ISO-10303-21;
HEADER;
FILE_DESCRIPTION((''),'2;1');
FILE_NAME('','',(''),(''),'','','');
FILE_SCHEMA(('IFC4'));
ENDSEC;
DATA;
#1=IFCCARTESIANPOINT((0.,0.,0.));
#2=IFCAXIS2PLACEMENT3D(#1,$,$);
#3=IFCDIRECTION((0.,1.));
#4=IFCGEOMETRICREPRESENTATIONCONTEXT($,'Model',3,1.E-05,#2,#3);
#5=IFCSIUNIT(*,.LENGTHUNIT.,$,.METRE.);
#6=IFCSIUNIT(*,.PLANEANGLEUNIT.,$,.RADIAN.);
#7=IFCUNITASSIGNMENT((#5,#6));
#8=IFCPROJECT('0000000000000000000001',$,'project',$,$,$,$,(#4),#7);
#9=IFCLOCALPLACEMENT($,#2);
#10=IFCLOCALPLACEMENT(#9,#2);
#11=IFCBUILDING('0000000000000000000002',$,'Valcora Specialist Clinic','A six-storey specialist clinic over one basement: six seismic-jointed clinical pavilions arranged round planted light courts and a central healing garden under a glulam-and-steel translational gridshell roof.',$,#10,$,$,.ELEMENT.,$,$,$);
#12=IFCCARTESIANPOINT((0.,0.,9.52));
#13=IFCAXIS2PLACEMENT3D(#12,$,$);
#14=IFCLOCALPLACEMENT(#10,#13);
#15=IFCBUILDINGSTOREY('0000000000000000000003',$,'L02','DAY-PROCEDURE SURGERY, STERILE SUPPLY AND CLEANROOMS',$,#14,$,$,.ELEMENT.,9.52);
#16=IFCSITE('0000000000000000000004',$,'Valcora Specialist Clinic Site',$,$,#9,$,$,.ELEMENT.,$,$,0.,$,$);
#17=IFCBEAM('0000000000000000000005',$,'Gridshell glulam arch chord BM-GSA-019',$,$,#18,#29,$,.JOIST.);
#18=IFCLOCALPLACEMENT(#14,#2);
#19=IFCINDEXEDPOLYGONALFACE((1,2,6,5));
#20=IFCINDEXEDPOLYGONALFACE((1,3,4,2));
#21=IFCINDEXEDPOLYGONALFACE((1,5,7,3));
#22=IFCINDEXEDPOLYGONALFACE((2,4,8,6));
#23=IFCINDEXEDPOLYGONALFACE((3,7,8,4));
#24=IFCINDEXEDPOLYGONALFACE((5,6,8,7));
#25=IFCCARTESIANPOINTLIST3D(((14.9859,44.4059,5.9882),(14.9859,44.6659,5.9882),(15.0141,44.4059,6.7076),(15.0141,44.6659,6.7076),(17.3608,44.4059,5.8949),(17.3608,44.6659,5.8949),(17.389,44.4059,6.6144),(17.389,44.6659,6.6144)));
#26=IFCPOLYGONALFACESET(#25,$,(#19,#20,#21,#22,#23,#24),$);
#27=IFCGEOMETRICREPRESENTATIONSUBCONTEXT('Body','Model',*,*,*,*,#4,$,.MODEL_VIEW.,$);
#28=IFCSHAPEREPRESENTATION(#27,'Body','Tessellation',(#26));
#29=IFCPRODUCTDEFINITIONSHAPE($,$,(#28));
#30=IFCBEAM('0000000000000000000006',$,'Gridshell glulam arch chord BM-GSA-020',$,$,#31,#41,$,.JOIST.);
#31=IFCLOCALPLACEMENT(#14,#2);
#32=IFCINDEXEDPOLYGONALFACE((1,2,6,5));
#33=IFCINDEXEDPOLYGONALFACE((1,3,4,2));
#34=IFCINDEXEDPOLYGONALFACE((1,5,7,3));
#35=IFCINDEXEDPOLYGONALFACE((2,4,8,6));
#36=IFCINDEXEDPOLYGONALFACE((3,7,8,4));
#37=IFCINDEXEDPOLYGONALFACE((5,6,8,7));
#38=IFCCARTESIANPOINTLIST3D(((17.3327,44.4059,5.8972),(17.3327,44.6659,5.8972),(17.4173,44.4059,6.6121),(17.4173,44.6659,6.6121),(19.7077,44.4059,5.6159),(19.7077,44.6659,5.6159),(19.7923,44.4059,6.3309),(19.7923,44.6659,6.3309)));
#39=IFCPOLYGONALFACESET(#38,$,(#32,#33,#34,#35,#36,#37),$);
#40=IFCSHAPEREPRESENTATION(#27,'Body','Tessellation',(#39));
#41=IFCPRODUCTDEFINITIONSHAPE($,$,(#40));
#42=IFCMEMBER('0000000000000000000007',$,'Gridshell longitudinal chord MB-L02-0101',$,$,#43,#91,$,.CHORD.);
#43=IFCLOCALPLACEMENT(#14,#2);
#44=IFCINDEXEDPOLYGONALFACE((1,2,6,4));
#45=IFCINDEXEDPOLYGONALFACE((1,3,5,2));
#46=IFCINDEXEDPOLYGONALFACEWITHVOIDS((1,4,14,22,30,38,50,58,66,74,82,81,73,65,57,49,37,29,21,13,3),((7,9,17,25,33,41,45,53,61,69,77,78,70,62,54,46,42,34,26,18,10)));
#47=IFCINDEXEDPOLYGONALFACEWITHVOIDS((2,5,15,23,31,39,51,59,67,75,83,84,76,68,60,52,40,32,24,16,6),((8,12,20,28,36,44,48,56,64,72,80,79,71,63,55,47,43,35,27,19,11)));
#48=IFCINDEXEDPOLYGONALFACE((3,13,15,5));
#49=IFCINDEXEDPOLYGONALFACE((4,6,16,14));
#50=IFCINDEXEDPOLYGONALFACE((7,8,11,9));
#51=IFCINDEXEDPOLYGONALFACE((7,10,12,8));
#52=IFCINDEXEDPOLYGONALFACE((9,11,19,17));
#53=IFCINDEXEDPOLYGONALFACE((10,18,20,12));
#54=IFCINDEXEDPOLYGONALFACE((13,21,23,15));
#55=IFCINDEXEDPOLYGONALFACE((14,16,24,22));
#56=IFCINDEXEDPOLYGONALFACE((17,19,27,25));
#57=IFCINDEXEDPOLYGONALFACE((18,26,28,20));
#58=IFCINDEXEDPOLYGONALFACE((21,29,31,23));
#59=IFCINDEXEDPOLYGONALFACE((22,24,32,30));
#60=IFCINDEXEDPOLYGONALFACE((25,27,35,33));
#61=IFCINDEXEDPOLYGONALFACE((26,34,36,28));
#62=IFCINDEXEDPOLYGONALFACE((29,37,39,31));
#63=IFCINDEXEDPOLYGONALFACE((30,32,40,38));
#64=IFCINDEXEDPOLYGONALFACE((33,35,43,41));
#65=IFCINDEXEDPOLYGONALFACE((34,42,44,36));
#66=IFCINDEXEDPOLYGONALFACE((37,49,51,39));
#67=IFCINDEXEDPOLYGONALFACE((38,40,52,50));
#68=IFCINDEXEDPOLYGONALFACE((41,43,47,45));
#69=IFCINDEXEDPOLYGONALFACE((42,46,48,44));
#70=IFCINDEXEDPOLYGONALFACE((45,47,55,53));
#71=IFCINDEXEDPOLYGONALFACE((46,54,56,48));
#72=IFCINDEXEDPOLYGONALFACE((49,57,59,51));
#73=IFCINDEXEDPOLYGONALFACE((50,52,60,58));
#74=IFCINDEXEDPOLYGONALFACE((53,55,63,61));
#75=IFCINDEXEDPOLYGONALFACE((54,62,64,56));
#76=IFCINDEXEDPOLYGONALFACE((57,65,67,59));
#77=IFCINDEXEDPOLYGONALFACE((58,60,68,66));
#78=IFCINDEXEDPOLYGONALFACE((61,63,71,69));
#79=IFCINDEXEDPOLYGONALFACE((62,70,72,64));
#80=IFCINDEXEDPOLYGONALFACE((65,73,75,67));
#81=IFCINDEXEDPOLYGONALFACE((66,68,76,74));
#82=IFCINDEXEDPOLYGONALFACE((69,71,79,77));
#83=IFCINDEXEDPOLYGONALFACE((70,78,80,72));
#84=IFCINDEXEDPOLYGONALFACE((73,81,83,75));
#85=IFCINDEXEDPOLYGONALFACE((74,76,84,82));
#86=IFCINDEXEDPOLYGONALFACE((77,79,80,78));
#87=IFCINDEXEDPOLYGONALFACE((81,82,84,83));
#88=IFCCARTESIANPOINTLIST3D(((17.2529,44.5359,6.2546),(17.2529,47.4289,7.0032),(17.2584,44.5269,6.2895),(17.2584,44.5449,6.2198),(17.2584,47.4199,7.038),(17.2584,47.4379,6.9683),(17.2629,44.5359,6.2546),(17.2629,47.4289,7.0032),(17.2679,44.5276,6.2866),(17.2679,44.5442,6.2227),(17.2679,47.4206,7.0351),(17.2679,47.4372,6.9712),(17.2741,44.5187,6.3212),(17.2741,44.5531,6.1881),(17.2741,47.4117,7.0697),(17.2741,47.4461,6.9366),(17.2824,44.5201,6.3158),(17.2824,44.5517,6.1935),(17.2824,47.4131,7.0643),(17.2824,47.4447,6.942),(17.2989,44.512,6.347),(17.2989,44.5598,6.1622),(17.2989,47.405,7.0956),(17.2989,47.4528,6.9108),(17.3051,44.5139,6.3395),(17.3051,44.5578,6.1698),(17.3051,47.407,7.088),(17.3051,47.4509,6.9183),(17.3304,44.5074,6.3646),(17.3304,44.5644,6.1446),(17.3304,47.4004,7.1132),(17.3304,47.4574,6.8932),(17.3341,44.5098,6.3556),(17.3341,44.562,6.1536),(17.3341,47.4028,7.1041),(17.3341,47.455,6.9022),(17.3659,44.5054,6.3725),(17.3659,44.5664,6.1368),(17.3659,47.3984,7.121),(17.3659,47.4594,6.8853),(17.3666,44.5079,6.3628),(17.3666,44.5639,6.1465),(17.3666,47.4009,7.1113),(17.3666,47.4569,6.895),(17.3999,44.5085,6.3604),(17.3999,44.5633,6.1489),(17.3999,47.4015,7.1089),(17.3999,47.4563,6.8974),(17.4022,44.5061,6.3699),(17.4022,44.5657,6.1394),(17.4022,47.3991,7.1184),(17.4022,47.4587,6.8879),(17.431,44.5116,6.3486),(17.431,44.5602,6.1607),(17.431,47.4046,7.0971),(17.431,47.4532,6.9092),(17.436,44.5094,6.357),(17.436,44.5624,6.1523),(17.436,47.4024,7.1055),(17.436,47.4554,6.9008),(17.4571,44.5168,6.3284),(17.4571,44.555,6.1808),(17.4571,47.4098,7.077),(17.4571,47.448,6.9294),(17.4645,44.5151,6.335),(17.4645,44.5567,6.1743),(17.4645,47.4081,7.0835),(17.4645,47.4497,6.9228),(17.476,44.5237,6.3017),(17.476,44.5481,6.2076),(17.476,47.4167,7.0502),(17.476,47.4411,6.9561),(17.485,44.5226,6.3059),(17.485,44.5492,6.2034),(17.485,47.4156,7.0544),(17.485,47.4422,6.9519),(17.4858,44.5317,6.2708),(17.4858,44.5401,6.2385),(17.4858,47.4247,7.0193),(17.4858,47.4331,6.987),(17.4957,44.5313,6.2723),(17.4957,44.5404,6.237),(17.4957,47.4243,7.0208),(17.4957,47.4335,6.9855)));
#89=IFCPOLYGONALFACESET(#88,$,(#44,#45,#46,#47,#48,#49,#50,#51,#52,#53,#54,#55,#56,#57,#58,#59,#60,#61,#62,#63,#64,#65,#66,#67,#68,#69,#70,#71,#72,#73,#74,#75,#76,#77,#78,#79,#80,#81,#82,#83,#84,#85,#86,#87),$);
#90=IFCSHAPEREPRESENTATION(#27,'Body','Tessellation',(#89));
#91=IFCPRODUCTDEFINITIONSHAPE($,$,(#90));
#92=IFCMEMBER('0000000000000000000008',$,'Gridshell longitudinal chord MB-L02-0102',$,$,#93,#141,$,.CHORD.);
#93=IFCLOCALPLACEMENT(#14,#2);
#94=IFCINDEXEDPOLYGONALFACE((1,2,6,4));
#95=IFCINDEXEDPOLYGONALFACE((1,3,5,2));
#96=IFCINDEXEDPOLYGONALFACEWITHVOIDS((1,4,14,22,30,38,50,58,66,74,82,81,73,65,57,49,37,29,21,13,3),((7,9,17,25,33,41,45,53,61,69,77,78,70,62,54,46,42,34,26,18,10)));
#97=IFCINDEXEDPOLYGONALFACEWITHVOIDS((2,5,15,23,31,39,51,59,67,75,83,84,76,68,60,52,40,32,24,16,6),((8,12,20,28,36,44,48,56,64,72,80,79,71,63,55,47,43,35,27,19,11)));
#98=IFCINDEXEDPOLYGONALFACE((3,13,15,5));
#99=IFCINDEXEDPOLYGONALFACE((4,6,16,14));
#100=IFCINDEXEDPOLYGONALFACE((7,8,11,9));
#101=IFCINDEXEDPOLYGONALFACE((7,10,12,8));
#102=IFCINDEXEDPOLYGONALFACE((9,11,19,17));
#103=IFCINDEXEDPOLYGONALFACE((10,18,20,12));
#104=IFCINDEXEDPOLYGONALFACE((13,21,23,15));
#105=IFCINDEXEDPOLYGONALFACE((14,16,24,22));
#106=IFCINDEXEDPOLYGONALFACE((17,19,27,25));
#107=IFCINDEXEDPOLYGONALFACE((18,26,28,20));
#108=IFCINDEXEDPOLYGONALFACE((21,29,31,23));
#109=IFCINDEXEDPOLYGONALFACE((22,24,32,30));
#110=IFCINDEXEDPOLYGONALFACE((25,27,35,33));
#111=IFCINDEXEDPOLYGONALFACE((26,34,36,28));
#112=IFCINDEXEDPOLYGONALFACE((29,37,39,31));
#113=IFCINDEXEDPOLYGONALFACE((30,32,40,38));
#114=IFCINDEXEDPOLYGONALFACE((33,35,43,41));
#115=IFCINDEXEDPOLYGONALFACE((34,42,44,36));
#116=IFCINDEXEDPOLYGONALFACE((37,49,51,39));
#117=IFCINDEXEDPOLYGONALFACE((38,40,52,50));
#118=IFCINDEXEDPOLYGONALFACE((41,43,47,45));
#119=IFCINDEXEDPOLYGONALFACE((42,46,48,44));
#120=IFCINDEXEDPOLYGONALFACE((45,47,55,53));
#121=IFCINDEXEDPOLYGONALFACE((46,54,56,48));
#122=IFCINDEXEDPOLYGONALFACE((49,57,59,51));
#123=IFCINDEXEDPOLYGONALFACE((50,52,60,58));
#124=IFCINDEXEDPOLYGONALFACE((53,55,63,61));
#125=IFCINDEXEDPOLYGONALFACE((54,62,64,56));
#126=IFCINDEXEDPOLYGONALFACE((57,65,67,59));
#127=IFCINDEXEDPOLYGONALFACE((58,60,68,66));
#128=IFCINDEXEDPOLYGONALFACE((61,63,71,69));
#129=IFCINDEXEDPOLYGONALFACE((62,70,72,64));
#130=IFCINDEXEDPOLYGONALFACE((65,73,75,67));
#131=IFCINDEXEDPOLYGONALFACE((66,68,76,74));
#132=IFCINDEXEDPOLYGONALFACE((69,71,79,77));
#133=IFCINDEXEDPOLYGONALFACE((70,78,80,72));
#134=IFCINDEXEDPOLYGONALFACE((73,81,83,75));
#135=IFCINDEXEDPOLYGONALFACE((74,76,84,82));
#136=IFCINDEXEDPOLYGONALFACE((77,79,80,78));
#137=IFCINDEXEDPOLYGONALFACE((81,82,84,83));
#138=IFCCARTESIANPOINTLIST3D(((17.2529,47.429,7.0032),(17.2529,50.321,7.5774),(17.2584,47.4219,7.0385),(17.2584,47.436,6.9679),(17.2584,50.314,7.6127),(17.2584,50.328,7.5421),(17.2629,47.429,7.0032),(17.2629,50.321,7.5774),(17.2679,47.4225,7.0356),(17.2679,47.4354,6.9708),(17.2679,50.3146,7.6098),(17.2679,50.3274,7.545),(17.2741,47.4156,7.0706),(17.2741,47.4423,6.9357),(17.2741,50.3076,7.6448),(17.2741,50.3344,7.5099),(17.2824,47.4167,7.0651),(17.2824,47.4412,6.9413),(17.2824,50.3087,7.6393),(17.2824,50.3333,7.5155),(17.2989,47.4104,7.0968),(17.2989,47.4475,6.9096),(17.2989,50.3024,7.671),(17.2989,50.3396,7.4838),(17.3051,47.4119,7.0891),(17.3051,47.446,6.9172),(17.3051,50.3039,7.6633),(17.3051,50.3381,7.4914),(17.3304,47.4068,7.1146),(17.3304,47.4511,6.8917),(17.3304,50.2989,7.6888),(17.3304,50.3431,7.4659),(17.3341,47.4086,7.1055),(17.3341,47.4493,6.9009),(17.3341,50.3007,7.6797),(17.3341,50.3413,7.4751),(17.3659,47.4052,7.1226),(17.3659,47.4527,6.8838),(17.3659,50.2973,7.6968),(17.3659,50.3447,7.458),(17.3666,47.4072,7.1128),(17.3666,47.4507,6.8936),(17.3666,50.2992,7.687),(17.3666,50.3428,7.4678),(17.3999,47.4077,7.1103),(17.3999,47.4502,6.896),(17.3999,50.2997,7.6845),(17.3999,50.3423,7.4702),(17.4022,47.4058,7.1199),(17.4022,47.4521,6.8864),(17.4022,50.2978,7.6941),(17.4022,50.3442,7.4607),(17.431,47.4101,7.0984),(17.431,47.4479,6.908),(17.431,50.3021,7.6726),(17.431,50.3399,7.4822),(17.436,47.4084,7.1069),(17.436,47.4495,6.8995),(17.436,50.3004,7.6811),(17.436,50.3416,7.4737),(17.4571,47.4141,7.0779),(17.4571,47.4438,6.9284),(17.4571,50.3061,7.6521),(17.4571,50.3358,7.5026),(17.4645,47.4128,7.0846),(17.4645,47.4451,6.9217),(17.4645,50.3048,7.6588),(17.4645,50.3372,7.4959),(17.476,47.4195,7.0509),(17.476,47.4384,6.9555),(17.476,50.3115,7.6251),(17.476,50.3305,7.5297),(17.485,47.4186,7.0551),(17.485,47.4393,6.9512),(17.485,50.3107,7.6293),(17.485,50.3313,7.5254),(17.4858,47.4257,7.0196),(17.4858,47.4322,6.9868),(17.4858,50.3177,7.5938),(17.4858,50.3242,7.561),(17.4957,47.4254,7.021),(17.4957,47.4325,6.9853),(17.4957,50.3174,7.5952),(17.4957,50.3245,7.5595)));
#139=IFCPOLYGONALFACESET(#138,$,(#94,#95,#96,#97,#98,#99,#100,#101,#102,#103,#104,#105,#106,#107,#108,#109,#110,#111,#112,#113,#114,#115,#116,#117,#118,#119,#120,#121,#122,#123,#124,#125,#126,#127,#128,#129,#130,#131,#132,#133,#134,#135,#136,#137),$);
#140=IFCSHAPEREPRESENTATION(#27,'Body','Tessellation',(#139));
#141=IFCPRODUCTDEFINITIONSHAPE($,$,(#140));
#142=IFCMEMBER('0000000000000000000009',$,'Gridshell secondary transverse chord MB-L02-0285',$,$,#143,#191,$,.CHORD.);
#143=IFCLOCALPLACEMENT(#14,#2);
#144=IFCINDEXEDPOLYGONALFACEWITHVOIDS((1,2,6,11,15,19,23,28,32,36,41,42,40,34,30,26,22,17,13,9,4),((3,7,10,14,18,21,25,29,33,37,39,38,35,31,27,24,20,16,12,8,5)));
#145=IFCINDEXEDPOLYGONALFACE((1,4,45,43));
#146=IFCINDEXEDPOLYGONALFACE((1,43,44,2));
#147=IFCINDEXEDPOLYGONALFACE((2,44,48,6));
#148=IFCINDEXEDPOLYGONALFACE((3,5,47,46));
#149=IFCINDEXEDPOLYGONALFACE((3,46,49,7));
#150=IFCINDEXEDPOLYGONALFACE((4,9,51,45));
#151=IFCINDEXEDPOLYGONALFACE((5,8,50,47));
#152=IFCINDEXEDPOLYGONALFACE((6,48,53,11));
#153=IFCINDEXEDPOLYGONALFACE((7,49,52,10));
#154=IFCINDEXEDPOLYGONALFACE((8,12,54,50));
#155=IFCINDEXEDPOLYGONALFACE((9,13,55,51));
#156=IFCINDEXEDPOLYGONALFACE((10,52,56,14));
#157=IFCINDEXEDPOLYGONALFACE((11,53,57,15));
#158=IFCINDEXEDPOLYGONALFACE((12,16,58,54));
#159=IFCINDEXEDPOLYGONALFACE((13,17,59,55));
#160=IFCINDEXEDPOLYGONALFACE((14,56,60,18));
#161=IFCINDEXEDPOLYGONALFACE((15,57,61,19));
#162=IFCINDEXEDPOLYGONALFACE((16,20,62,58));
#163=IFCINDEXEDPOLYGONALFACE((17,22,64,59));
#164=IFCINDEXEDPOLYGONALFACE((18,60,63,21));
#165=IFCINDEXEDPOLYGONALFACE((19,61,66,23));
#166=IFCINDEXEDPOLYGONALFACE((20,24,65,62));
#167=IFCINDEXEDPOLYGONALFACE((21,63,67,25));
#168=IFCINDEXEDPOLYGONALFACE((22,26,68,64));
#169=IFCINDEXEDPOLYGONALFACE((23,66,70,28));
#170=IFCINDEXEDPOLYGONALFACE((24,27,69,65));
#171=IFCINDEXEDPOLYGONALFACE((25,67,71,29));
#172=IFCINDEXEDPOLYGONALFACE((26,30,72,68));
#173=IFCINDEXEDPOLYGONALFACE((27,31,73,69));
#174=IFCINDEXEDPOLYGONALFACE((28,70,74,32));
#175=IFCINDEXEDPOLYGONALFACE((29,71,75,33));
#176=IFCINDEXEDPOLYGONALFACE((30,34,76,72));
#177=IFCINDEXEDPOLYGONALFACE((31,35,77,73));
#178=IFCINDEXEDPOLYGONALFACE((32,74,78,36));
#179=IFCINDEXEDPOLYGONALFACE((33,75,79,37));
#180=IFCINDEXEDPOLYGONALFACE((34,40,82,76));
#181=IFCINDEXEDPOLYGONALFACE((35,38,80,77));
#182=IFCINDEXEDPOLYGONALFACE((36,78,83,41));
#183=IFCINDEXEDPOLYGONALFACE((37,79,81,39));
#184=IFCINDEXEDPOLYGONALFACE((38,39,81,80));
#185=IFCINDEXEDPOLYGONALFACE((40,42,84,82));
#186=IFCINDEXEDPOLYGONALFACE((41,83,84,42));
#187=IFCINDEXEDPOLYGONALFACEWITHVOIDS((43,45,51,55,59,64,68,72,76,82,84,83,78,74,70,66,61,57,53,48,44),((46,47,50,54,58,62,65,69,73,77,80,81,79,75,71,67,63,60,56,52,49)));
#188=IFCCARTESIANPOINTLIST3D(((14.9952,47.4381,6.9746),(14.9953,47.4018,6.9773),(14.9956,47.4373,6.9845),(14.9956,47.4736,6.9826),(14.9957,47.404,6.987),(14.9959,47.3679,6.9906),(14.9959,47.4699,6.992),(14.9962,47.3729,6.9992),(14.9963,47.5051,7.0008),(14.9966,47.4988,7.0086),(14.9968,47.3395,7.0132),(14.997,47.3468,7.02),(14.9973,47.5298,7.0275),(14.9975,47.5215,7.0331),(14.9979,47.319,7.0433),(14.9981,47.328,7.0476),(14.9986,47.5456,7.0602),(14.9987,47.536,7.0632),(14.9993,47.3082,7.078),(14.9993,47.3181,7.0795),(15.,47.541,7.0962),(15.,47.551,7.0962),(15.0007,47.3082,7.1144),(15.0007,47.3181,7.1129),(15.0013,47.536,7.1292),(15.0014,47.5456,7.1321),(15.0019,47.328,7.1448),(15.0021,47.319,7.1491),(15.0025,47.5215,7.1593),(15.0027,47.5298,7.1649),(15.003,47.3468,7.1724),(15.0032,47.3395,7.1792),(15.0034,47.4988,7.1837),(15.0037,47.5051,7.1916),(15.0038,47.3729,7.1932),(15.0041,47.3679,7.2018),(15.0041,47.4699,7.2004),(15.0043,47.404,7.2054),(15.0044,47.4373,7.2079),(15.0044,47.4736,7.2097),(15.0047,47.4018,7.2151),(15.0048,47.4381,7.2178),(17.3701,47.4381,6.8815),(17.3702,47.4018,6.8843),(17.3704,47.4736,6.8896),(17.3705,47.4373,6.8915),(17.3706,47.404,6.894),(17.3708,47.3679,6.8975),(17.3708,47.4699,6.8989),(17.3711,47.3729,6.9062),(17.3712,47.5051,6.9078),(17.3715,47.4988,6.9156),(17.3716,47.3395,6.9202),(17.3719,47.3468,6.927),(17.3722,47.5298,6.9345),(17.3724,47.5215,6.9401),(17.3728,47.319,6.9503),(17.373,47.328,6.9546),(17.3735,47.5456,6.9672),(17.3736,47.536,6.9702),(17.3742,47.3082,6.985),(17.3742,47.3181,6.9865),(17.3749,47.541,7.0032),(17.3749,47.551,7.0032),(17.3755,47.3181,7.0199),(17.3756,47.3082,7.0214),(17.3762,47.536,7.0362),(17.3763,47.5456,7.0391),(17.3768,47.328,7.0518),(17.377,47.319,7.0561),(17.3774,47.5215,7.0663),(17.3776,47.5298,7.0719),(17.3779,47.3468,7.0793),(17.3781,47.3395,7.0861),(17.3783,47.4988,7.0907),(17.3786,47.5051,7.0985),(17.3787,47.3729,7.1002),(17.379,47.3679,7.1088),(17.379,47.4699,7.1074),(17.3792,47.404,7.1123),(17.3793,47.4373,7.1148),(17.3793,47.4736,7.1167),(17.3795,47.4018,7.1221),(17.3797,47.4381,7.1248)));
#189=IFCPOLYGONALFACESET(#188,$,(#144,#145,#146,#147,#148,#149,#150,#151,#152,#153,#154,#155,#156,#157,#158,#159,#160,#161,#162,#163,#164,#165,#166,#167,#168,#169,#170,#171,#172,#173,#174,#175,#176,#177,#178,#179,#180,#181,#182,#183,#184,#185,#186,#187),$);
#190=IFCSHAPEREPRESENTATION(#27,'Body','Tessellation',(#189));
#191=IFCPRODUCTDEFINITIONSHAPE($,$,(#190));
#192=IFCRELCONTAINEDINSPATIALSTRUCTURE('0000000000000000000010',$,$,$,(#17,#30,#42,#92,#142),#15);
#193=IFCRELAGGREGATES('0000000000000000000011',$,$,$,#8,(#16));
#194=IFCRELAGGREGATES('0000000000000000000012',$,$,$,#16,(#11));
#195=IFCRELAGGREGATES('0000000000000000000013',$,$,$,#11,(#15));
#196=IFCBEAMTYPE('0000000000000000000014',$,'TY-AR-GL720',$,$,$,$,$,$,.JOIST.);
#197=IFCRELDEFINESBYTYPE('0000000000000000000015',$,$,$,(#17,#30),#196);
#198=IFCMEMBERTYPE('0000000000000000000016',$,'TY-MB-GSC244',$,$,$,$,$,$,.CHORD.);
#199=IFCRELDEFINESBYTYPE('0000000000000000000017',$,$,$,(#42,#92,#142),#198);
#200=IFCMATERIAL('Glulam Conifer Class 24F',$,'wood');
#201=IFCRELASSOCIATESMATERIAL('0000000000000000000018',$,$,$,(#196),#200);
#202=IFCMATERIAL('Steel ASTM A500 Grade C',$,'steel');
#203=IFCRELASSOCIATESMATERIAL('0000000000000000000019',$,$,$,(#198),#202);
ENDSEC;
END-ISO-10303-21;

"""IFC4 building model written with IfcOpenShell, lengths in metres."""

from ifc_helpers import new_model, si_unit, direction, frame, origin, origin_2d, place, context, subcontext, project, spatial, rectangle, hollow_circle, extrude, material, material_profile, profile_set, type_object, element, save


model = new_model("IFC4")

# Units and contexts
model_context = context("Model", 3, precision=1e-05, world=origin(), true_north=direction((0.0, 1.0)))
body_context = subcontext(model_context, "Body", "Model", "MODEL_VIEW")
ifc_project = project(units=[si_unit("LENGTHUNIT", "METRE"), si_unit("PLANEANGLEUNIT", "RADIAN")], contexts=[model_context])

# Site, building, storey
site_placement = place(None, origin())
site = spatial("IfcSite", under=ifc_project, at=site_placement, Name="Valcora Specialist Clinic Site", CompositionType="ELEMENT", RefElevation=0.0)
building_placement = place(site_placement, origin())
building = spatial("IfcBuilding", under=site, at=building_placement, Name="Valcora Specialist Clinic", Description="A six-storey specialist clinic over one basement: six seismic-jointed clinical pavilions arranged round planted light courts and a central healing garden under a glulam-and-steel translational gridshell roof.", CompositionType="ELEMENT")
storey_placement = place(building_placement, frame((0.0, 0.0, 9.52)))
storey = spatial("IfcBuildingStorey", under=building, at=storey_placement, Name="L02", Description="DAY-PROCEDURE SURGERY, STERILE SUPPLY AND CLEANROOMS", CompositionType="ELEMENT", Elevation=9.52)

# Beams
ifc_material_1 = material(Name="Glulam Conifer Class 24F", Category="wood")
ifc_material_profile_1 = material_profile(ifc_material_1, rectangle(XDim=0.26, YDim=0.72, at=origin_2d()), Name="GL-ARC-260X720")
ifc_profile_set_1 = profile_set([ifc_material_profile_1], Name="Glulam Conifer Class 24F")
beam_type = type_object("IfcBeamType", Name="TY-AR-GL720", PredefinedType="JOIST", material=ifc_profile_set_1)
beam_1_placement = place(storey_placement, frame((15.0, 44.5359, 6.3479), z_axis=(0.99923, 0.0, -0.039238), x_axis=(0.0, 1.0, 0.0)))
element("IfcBeam", 1, at=beam_1_placement, inside=storey, type_object=beam_type, Name="Gridshell glulam arch chord BM-GSA-019", PredefinedType="JOIST", context=body_context, shape_type="SweptSolid", body=[
    extrude(rectangle(XDim=0.26, YDim=0.72, at=origin_2d()), origin(), (0.0, 0.0, 1.0), 2.3767),
])
beam_2_placement = place(storey_placement, frame((17.375, 44.5359, 6.2546), z_axis=(0.993061, 0.0, -0.117599), x_axis=(0.0, 1.0, 0.0)))
element("IfcBeam", 2, at=beam_2_placement, inside=storey, type_object=beam_type, Name="Gridshell glulam arch chord BM-GSA-020", PredefinedType="JOIST", context=body_context, shape_type="SweptSolid", body=[
    extrude(rectangle(XDim=0.26, YDim=0.72, at=origin_2d()), origin(), (0.0, 0.0, 1.0), 2.3916),
])

# Members
ifc_material_2 = material(Name="Steel ASTM A500 Grade C", Category="steel")
ifc_material_profile_2 = material_profile(ifc_material_2, hollow_circle(Radius=0.1221, WallThickness=0.01, at=origin_2d()), Name="ST-CHS-244X10")
ifc_profile_set_2 = profile_set([ifc_material_profile_2], Name="Steel ASTM A500 Grade C")
member_type_1 = type_object("IfcMemberType", Name="TY-MB-GSC244", PredefinedType="CHORD", material=ifc_profile_set_2)
member_1_placement = place(storey_placement, frame((17.375, 44.5359, 6.2546), z_axis=(0.0, 0.96812, 0.250486), x_axis=(-1.0, 0.0, 0.0)))
element("IfcMember", 3, at=member_1_placement, inside=storey, type_object=member_type_1, Name="Gridshell longitudinal chord MB-L02-0101", PredefinedType="CHORD", context=body_context, shape_type="SweptSolid", body=[
    extrude(hollow_circle(Radius=0.1221, WallThickness=0.01, at=origin_2d()), origin(), (0.0, 0.0, 1.0), 2.9883),
])
member_2_placement = place(storey_placement, frame((17.375, 47.429, 7.0032), z_axis=(0.0, 0.980854, 0.194747), x_axis=(-1.0, 0.0, 0.0)))
element("IfcMember", 4, at=member_2_placement, inside=storey, type_object=member_type_1, Name="Gridshell longitudinal chord MB-L02-0102", PredefinedType="CHORD", context=body_context, shape_type="SweptSolid", body=[
    extrude(hollow_circle(Radius=0.1221, WallThickness=0.01, at=origin_2d()), origin(), (0.0, 0.0, 1.0), 2.9485),
])
member_3_placement = place(storey_placement, frame((15.0, 47.429, 7.0962), z_axis=(0.999234, 0.0, -0.039135), x_axis=(0.0, 1.0, 0.0)))
element("IfcMember", 5, at=member_3_placement, inside=storey, type_object=member_type_1, Name="Gridshell secondary transverse chord MB-L02-0285", PredefinedType="CHORD", context=body_context, shape_type="SweptSolid", body=[
    extrude(hollow_circle(Radius=0.1221, WallThickness=0.01, at=origin_2d()), origin(), (0.0, 0.0, 1.0), 2.3767),
])

save(model, "model.ifc")
